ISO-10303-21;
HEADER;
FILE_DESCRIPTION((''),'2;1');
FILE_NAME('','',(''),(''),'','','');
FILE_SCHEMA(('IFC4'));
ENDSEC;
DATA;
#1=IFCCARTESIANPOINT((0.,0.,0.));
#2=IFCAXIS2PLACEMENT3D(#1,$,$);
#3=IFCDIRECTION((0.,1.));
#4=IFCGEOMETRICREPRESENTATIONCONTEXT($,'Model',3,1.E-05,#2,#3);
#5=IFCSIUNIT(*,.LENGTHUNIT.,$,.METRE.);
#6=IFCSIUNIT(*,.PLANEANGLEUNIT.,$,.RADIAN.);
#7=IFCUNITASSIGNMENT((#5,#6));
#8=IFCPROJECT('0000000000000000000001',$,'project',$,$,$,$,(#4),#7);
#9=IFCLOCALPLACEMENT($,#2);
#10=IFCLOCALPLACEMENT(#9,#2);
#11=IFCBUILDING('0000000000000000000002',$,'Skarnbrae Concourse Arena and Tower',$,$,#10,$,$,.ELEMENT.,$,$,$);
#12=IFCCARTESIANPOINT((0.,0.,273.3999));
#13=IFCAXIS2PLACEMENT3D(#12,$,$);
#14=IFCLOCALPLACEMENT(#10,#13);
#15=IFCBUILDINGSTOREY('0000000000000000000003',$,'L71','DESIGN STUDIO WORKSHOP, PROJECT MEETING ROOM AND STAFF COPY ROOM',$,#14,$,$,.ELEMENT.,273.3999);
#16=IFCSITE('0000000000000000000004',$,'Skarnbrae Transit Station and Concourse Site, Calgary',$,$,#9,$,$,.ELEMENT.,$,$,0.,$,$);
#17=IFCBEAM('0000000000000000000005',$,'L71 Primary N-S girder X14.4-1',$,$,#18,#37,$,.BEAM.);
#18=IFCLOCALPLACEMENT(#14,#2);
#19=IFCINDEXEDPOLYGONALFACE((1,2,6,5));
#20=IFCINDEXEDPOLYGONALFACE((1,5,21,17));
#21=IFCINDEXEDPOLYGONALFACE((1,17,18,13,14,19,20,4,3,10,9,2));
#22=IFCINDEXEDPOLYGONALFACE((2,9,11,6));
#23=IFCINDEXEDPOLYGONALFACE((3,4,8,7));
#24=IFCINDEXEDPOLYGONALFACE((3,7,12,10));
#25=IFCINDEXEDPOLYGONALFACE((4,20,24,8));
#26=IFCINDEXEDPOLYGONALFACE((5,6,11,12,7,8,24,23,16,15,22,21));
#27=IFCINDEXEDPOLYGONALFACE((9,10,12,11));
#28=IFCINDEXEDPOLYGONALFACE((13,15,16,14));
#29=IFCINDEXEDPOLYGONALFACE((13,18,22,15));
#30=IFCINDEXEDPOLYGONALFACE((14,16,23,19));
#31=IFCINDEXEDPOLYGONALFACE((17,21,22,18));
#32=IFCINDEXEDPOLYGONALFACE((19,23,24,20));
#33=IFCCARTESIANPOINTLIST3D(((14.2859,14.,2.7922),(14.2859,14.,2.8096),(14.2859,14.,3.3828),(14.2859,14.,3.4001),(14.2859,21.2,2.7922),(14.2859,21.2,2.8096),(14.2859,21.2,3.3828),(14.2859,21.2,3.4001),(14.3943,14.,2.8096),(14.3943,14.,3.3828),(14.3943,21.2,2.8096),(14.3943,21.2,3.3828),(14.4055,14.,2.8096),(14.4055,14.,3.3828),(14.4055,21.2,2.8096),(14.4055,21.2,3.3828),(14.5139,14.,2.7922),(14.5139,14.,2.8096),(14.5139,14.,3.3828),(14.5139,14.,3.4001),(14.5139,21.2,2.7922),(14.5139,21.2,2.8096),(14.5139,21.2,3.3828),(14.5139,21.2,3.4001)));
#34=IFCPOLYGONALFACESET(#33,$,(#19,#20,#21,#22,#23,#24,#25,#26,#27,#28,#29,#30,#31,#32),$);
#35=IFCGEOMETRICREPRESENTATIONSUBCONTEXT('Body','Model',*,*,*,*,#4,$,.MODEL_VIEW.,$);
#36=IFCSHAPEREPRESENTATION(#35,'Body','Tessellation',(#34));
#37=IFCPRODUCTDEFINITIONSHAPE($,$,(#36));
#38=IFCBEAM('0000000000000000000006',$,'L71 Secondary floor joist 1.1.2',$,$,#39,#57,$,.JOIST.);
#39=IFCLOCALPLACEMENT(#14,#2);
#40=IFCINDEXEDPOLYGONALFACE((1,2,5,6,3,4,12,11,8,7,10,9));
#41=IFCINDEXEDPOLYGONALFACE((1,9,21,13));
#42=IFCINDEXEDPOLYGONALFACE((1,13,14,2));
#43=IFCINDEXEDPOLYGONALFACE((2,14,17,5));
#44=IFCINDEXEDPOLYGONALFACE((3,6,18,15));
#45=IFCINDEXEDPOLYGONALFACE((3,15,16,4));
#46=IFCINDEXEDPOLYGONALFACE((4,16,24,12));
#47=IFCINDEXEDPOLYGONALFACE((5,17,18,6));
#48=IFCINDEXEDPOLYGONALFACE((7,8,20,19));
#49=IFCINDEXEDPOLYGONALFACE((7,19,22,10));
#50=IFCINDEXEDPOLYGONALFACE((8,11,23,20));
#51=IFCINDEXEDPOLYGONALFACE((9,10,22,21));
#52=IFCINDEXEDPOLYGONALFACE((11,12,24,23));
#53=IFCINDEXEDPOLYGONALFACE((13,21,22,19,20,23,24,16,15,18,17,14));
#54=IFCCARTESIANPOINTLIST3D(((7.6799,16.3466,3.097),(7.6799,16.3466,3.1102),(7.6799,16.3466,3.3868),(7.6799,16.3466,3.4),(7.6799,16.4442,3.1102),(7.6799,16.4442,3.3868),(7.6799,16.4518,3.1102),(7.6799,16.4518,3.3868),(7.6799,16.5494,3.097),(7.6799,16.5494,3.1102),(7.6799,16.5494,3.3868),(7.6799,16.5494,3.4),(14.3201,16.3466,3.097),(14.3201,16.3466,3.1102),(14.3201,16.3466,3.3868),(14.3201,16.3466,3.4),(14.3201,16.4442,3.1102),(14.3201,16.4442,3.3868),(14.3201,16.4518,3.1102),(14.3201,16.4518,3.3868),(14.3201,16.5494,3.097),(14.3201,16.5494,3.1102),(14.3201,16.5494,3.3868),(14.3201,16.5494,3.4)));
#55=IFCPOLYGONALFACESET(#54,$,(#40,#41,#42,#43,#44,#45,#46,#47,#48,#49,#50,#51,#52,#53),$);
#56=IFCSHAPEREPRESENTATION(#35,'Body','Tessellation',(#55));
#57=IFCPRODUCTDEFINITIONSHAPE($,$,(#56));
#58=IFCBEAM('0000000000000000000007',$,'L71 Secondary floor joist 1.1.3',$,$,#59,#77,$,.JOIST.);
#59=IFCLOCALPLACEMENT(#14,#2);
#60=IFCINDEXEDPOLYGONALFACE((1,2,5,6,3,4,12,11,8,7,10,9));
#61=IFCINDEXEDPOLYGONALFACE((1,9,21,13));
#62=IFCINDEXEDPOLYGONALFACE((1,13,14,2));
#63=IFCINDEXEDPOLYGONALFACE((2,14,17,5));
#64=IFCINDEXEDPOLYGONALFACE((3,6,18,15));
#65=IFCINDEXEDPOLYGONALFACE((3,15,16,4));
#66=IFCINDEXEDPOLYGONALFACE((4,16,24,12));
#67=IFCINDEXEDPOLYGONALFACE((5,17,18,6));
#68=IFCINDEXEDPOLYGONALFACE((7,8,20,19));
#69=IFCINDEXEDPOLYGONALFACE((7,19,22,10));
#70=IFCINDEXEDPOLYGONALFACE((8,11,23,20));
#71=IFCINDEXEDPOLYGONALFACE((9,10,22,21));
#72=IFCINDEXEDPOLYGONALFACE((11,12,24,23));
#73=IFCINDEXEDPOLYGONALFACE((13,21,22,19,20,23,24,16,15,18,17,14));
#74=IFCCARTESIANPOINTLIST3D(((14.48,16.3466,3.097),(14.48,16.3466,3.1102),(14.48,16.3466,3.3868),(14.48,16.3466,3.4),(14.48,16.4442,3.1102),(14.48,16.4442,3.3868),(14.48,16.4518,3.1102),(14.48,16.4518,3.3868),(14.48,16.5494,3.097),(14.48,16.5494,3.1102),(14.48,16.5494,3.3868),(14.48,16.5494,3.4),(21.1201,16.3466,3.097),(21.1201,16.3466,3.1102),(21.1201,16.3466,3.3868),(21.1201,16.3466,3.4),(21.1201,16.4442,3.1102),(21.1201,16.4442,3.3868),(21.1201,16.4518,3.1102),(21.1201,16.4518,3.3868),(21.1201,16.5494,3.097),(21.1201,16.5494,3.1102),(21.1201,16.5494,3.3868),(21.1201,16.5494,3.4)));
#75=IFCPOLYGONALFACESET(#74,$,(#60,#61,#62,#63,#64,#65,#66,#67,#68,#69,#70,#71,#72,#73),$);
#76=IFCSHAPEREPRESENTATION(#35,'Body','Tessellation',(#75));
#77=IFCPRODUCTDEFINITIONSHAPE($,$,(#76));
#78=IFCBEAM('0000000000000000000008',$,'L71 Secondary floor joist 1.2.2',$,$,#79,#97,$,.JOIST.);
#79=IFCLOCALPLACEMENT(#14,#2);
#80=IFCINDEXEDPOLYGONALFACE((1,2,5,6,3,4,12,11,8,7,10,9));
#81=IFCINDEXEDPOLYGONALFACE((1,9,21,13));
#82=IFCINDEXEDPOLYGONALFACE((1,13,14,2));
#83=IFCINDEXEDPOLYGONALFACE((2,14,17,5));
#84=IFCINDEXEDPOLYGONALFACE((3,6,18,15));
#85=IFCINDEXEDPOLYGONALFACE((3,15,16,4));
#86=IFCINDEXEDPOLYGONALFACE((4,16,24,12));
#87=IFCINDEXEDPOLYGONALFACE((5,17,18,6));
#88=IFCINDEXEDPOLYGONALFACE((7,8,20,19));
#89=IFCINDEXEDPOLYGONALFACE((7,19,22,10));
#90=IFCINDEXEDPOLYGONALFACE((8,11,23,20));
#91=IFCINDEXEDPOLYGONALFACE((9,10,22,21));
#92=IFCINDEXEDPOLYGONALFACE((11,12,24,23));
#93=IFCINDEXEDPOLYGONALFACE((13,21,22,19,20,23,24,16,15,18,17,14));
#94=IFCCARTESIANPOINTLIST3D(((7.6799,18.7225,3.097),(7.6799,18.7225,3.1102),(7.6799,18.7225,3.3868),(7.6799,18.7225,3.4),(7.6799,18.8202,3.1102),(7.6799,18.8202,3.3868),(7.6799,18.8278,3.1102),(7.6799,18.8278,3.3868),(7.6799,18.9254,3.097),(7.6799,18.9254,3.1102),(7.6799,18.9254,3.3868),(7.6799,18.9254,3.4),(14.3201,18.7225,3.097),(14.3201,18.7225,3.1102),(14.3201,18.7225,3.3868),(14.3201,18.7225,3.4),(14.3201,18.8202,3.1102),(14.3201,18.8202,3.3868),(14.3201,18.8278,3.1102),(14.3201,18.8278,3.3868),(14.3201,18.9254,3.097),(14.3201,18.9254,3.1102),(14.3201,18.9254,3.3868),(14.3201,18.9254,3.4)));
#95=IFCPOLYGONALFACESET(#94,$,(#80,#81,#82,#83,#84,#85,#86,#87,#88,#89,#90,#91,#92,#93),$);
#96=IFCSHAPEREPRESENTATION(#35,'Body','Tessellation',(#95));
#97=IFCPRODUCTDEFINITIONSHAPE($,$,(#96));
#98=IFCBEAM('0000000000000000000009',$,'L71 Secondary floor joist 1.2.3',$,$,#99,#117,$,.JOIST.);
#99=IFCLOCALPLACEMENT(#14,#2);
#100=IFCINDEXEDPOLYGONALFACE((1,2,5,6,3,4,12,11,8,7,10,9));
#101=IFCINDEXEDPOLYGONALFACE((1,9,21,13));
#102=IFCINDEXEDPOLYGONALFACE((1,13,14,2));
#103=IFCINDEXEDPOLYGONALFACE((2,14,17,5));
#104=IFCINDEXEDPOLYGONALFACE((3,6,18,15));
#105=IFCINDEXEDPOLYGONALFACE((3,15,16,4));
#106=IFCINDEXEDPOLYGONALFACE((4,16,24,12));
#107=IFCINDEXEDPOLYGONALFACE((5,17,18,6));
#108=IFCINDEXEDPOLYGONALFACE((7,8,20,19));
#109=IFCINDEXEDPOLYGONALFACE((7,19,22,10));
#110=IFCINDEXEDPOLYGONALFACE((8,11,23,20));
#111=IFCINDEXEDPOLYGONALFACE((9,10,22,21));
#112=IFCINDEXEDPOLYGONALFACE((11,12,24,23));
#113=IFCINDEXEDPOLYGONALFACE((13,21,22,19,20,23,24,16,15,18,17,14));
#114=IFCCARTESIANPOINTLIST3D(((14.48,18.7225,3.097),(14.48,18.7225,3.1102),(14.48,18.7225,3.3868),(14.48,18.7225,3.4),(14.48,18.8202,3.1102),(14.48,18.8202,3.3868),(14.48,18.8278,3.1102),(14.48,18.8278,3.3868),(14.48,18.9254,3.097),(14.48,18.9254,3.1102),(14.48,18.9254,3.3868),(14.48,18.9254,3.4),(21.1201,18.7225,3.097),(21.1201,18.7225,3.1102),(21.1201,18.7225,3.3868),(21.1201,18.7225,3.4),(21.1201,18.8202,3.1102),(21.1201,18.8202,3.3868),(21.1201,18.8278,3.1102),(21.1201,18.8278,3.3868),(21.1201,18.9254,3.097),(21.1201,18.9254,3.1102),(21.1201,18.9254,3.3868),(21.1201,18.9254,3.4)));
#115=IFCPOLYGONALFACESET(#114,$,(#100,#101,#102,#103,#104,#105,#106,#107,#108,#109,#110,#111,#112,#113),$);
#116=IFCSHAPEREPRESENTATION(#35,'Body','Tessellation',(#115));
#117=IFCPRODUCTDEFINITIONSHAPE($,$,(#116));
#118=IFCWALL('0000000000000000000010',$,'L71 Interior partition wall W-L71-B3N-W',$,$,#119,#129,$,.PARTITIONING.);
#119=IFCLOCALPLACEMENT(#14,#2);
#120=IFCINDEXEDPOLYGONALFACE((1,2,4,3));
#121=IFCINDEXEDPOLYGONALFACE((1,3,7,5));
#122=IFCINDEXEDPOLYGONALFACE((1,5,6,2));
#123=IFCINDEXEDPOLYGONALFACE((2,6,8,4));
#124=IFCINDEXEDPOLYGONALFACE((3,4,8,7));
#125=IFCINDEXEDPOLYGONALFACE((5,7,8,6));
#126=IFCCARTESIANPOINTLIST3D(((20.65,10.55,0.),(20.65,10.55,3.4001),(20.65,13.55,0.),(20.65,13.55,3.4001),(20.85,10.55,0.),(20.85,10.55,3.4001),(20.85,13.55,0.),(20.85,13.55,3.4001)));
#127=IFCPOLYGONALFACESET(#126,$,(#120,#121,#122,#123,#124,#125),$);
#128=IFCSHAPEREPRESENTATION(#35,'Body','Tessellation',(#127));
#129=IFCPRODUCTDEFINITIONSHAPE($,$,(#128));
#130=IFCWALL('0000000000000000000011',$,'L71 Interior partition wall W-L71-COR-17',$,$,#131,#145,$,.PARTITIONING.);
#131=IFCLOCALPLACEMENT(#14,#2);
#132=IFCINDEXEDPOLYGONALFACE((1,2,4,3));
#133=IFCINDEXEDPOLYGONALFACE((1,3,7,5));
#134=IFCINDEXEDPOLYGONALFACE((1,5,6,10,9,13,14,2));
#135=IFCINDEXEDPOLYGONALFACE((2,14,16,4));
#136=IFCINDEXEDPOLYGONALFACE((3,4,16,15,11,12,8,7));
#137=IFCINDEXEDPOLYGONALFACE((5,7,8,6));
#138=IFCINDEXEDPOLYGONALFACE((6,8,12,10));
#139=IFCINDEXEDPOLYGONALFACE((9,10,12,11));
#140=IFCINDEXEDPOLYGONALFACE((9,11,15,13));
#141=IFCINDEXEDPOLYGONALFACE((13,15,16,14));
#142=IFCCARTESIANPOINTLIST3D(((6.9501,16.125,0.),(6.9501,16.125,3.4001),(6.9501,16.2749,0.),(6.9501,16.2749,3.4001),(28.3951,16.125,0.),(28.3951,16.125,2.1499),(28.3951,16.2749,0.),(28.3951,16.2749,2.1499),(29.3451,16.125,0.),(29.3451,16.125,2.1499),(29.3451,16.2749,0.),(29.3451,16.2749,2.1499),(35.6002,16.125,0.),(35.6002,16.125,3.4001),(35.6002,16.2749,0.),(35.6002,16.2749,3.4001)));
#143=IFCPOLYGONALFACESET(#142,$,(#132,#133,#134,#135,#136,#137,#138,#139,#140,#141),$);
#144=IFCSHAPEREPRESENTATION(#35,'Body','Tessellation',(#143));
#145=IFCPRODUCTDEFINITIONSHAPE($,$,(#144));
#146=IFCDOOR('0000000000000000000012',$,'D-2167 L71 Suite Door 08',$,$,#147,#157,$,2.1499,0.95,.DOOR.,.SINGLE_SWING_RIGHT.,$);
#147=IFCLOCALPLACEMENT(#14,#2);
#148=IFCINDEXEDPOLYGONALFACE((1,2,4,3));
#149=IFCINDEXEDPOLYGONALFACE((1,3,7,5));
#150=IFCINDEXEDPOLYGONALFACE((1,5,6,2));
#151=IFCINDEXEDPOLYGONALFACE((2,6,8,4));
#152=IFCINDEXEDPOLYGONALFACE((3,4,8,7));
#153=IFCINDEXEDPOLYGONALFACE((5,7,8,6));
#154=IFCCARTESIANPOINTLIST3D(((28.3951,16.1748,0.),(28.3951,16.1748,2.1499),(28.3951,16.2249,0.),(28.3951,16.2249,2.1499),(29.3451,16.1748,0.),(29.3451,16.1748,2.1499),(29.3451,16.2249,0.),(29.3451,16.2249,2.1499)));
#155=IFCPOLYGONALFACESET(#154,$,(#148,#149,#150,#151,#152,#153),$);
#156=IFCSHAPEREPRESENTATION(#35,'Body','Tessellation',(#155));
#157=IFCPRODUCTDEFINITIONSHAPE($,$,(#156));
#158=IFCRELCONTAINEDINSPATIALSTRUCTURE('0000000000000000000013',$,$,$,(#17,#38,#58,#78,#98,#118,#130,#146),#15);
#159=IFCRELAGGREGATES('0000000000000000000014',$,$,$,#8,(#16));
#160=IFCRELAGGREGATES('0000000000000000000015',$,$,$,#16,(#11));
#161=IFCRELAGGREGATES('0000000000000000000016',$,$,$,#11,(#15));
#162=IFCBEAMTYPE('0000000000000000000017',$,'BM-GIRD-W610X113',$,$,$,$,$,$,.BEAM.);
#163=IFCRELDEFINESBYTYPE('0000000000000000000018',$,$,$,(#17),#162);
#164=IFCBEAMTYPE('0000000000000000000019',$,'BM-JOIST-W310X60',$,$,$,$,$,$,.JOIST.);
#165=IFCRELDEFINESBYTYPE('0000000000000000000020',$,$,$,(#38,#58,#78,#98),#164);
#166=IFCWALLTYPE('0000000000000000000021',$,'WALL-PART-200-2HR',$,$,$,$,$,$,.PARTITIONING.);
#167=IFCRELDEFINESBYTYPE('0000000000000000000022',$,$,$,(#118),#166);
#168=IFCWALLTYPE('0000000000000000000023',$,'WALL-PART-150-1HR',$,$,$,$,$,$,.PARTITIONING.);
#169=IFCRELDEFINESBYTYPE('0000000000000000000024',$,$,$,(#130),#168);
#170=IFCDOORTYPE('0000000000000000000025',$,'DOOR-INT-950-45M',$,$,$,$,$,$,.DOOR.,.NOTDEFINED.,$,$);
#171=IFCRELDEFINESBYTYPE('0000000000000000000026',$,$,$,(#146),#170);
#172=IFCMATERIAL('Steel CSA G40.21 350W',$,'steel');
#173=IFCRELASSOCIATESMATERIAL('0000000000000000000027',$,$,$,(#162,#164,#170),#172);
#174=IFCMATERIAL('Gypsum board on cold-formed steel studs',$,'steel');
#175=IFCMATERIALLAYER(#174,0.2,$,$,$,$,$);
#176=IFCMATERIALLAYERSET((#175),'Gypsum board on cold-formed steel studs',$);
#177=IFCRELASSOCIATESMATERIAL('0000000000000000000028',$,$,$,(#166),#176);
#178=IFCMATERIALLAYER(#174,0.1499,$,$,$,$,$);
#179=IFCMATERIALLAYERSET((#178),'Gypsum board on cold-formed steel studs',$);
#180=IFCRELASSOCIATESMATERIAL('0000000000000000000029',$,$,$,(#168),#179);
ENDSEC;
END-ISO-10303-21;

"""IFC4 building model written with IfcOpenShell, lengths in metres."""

from ifc_helpers import new_model, si_unit, direction, frame, frame_2d, origin, origin_2d, place, context, subcontext, project, spatial, rectangle, i_section, extrude, source, transform, mapped, material, layer, layer_set, material_profile, profile_set, type_object, element, fill, save


model = new_model("IFC4")

# Units and contexts
model_context = context("Model", 3, precision=1e-05, world=origin(), true_north=direction((0.0, 1.0)))
body_context = subcontext(model_context, "Body", "Model", "MODEL_VIEW")
ifc_project = project(units=[si_unit("LENGTHUNIT", "METRE"), si_unit("PLANEANGLEUNIT", "RADIAN")], contexts=[model_context])

# Site, building, storey
site_placement = place(None, origin())
site = spatial("IfcSite", under=ifc_project, at=site_placement, Name="Skarnbrae Transit Station and Concourse Site, Calgary", CompositionType="ELEMENT", RefElevation=0.0)
building_placement = place(site_placement, origin())
building = spatial("IfcBuilding", under=site, at=building_placement, Name="Skarnbrae Concourse Arena and Tower", CompositionType="ELEMENT")
storey_placement = place(building_placement, frame((0.0, 0.0, 273.3999)))
storey = spatial("IfcBuildingStorey", under=building, at=storey_placement, Name="L71", Description="DESIGN STUDIO WORKSHOP, PROJECT MEETING ROOM AND STAFF COPY ROOM", CompositionType="ELEMENT", Elevation=273.3999)

# Shared definitions
ifc_material_1 = material(Name="Steel CSA G40.21 350W", Category="steel")

# Beams
ifc_material_profile_1 = material_profile(ifc_material_1, i_section(OverallWidth=0.228, OverallDepth=0.6079, WebThickness=0.0112, FlangeThickness=0.0173, at=origin_2d()), Name="W610X113")
ifc_profile_set_1 = profile_set([ifc_material_profile_1], Name="Steel CSA G40.21 350W")
beam_type_1 = type_object("IfcBeamType", Name="BM-GIRD-W610X113", PredefinedType="BEAM", material=ifc_profile_set_1)
shared_shape_1 = source(origin(), body_context, "Body", "SweptSolid", [
    extrude(i_section(OverallWidth=0.228, OverallDepth=0.6079, WebThickness=0.0112, FlangeThickness=0.0173, at=origin_2d()), origin(), (0.0, 0.0, 1.0), 7.2),
])
for number, where, z_axis, x_axis, name in (
    (1, (14.3999, 14.0, 3.0962), (0.0, 1.0, 0.0), (-1.0, 0.0, 0.0), "L71 Primary N-S girder X14.4-1"),
):
    element("IfcBeam", number, at=place(storey_placement, frame(where, z_axis=z_axis, x_axis=x_axis)), inside=storey, type_object=beam_type_1, Name=name, PredefinedType="BEAM", context=body_context, shape_type="MappedRepresentation", body=[
        mapped(shared_shape_1, transform((0.0, 0.0, 0.0))),
    ])
ifc_material_profile_2 = material_profile(ifc_material_1, i_section(OverallWidth=0.2029, OverallDepth=0.303, WebThickness=0.0076, FlangeThickness=0.0132, at=origin_2d()), Name="W310X60")
ifc_profile_set_2 = profile_set([ifc_material_profile_2], Name="Steel CSA G40.21 350W")
beam_type_2 = type_object("IfcBeamType", Name="BM-JOIST-W310X60", PredefinedType="JOIST", material=ifc_profile_set_2)
shared_shape_2 = source(origin(), body_context, "Body", "SweptSolid", [
    extrude(i_section(OverallWidth=0.2029, OverallDepth=0.303, WebThickness=0.0076, FlangeThickness=0.0132, at=origin_2d()), origin(), (0.0, 0.0, 1.0), 6.6401),
])
for number, where, z_axis, x_axis, name in (
    (2, (7.6799, 16.448, 3.2485), (1.0, 0.0, 0.0), (0.0, 1.0, 0.0), "L71 Secondary floor joist 1.1.2"),
    (3, (14.48, 16.448, 3.2485), (1.0, 0.0, 0.0), (0.0, 1.0, 0.0), "L71 Secondary floor joist 1.1.3"),
    (4, (7.6799, 18.824, 3.2485), (1.0, 0.0, 0.0), (0.0, 1.0, 0.0), "L71 Secondary floor joist 1.2.2"),
    (5, (14.48, 18.824, 3.2485), (1.0, 0.0, 0.0), (0.0, 1.0, 0.0), "L71 Secondary floor joist 1.2.3"),
):
    element("IfcBeam", number, at=place(storey_placement, frame(where, z_axis=z_axis, x_axis=x_axis)), inside=storey, type_object=beam_type_2, Name=name, PredefinedType="JOIST", context=body_context, shape_type="MappedRepresentation", body=[
        mapped(shared_shape_2, transform((0.0, 0.0, 0.0))),
    ])

# Shared definitions
ifc_material_2 = material(Name="Gypsum board on cold-formed steel studs", Category="steel")
ifc_layer_1 = layer(ifc_material_2, 0.2)
ifc_layer_set_1 = layer_set([ifc_layer_1], Name="Gypsum board on cold-formed steel studs")
wall_type_1 = type_object("IfcWallType", Name="WALL-PART-200-2HR", PredefinedType="PARTITIONING", material=ifc_layer_set_1)

# Wall
shared_shape_3 = source(origin(), body_context, "Body", "SweptSolid", [
    extrude(rectangle(XDim=3.0, YDim=0.2, at=frame_2d((1.5, 0.0))), origin(), (0.0, 0.0, 1.0), 3.4001),
])
wall_1_placement = place(storey_placement, frame((20.75, 10.55, 0.0), z_axis=(0.0, 0.0, 1.0), x_axis=(0.0, 1.0, 0.0)))
element("IfcWall", 6, at=wall_1_placement, inside=storey, type_object=wall_type_1, Name="L71 Interior partition wall W-L71-B3N-W", PredefinedType="PARTITIONING", context=body_context, shape_type="MappedRepresentation", body=[
    mapped(shared_shape_3, transform((0.0, 0.0, 0.0))),
])

# Wall, opening, door
ifc_layer_2 = layer(ifc_material_2, 0.1499)
ifc_layer_set_2 = layer_set([ifc_layer_2], Name="Gypsum board on cold-formed steel studs")
wall_type_2 = type_object("IfcWallType", Name="WALL-PART-150-1HR", PredefinedType="PARTITIONING", material=ifc_layer_set_2)
shared_shape_4 = source(origin(), body_context, "Body", "SweptSolid", [
    extrude(rectangle(XDim=28.6501, YDim=0.1499, at=frame_2d((14.3252, 0.0))), origin(), (0.0, 0.0, 1.0), 3.4001),
])
wall_2_placement = place(storey_placement, frame((6.95, 16.2, 0.0), z_axis=(0.0, 0.0, 1.0), x_axis=(1.0, 0.0, 0.0)))
wall_2 = element("IfcWall", 7, at=wall_2_placement, inside=storey, type_object=wall_type_2, Name="L71 Interior partition wall W-L71-COR-17", PredefinedType="PARTITIONING", context=body_context, shape_type="MappedRepresentation", body=[
    mapped(shared_shape_4, transform((0.0, 0.0, 0.0))),
])
opening_1_placement = place(wall_2_placement, frame((21.4451, 0.0, 0.0)))
opening_1 = element("IfcOpeningElement", 8, at=opening_1_placement, cuts=wall_2, PredefinedType="OPENING", context=body_context, shape_type="SweptSolid", body=[
    extrude(rectangle(XDim=0.95, YDim=2.1499, at=frame_2d((0.4751, 1.075))), frame((0.0, 0.085, 0.0), z_axis=(0.0, -1.0, 0.0), x_axis=(1.0, 0.0, 0.0)), (0.0, 0.0, 1.0), 0.1699),
])
door_type_1 = type_object("IfcDoorType", Name="DOOR-INT-950-45M", OperationType="NOTDEFINED", PredefinedType="DOOR", material=ifc_material_1)
shared_shape_5 = source(origin(), body_context, "Body", "SweptSolid", [
    extrude(rectangle(XDim=0.95, YDim=2.1499, at=frame_2d((0.4751, 1.075))), frame((0.0, 0.0249, 0.0), z_axis=(0.0, -1.0, 0.0), x_axis=(1.0, 0.0, 0.0)), (0.0, 0.0, 1.0), 0.05),
])
door_1_placement = place(opening_1_placement, origin())
door_1 = element("IfcDoor", 9, at=door_1_placement, inside=storey, type_object=door_type_1, Name="D-2167 L71 Suite Door 08", OperationType="SINGLE_SWING_RIGHT", OverallHeight=2.1499, OverallWidth=0.95, PredefinedType="DOOR", context=body_context, shape_type="MappedRepresentation", body=[
    mapped(shared_shape_5, transform((0.0, 0.0, 0.0))),
])
fill(opening_1, door_1)

save(model, "model.ifc")
